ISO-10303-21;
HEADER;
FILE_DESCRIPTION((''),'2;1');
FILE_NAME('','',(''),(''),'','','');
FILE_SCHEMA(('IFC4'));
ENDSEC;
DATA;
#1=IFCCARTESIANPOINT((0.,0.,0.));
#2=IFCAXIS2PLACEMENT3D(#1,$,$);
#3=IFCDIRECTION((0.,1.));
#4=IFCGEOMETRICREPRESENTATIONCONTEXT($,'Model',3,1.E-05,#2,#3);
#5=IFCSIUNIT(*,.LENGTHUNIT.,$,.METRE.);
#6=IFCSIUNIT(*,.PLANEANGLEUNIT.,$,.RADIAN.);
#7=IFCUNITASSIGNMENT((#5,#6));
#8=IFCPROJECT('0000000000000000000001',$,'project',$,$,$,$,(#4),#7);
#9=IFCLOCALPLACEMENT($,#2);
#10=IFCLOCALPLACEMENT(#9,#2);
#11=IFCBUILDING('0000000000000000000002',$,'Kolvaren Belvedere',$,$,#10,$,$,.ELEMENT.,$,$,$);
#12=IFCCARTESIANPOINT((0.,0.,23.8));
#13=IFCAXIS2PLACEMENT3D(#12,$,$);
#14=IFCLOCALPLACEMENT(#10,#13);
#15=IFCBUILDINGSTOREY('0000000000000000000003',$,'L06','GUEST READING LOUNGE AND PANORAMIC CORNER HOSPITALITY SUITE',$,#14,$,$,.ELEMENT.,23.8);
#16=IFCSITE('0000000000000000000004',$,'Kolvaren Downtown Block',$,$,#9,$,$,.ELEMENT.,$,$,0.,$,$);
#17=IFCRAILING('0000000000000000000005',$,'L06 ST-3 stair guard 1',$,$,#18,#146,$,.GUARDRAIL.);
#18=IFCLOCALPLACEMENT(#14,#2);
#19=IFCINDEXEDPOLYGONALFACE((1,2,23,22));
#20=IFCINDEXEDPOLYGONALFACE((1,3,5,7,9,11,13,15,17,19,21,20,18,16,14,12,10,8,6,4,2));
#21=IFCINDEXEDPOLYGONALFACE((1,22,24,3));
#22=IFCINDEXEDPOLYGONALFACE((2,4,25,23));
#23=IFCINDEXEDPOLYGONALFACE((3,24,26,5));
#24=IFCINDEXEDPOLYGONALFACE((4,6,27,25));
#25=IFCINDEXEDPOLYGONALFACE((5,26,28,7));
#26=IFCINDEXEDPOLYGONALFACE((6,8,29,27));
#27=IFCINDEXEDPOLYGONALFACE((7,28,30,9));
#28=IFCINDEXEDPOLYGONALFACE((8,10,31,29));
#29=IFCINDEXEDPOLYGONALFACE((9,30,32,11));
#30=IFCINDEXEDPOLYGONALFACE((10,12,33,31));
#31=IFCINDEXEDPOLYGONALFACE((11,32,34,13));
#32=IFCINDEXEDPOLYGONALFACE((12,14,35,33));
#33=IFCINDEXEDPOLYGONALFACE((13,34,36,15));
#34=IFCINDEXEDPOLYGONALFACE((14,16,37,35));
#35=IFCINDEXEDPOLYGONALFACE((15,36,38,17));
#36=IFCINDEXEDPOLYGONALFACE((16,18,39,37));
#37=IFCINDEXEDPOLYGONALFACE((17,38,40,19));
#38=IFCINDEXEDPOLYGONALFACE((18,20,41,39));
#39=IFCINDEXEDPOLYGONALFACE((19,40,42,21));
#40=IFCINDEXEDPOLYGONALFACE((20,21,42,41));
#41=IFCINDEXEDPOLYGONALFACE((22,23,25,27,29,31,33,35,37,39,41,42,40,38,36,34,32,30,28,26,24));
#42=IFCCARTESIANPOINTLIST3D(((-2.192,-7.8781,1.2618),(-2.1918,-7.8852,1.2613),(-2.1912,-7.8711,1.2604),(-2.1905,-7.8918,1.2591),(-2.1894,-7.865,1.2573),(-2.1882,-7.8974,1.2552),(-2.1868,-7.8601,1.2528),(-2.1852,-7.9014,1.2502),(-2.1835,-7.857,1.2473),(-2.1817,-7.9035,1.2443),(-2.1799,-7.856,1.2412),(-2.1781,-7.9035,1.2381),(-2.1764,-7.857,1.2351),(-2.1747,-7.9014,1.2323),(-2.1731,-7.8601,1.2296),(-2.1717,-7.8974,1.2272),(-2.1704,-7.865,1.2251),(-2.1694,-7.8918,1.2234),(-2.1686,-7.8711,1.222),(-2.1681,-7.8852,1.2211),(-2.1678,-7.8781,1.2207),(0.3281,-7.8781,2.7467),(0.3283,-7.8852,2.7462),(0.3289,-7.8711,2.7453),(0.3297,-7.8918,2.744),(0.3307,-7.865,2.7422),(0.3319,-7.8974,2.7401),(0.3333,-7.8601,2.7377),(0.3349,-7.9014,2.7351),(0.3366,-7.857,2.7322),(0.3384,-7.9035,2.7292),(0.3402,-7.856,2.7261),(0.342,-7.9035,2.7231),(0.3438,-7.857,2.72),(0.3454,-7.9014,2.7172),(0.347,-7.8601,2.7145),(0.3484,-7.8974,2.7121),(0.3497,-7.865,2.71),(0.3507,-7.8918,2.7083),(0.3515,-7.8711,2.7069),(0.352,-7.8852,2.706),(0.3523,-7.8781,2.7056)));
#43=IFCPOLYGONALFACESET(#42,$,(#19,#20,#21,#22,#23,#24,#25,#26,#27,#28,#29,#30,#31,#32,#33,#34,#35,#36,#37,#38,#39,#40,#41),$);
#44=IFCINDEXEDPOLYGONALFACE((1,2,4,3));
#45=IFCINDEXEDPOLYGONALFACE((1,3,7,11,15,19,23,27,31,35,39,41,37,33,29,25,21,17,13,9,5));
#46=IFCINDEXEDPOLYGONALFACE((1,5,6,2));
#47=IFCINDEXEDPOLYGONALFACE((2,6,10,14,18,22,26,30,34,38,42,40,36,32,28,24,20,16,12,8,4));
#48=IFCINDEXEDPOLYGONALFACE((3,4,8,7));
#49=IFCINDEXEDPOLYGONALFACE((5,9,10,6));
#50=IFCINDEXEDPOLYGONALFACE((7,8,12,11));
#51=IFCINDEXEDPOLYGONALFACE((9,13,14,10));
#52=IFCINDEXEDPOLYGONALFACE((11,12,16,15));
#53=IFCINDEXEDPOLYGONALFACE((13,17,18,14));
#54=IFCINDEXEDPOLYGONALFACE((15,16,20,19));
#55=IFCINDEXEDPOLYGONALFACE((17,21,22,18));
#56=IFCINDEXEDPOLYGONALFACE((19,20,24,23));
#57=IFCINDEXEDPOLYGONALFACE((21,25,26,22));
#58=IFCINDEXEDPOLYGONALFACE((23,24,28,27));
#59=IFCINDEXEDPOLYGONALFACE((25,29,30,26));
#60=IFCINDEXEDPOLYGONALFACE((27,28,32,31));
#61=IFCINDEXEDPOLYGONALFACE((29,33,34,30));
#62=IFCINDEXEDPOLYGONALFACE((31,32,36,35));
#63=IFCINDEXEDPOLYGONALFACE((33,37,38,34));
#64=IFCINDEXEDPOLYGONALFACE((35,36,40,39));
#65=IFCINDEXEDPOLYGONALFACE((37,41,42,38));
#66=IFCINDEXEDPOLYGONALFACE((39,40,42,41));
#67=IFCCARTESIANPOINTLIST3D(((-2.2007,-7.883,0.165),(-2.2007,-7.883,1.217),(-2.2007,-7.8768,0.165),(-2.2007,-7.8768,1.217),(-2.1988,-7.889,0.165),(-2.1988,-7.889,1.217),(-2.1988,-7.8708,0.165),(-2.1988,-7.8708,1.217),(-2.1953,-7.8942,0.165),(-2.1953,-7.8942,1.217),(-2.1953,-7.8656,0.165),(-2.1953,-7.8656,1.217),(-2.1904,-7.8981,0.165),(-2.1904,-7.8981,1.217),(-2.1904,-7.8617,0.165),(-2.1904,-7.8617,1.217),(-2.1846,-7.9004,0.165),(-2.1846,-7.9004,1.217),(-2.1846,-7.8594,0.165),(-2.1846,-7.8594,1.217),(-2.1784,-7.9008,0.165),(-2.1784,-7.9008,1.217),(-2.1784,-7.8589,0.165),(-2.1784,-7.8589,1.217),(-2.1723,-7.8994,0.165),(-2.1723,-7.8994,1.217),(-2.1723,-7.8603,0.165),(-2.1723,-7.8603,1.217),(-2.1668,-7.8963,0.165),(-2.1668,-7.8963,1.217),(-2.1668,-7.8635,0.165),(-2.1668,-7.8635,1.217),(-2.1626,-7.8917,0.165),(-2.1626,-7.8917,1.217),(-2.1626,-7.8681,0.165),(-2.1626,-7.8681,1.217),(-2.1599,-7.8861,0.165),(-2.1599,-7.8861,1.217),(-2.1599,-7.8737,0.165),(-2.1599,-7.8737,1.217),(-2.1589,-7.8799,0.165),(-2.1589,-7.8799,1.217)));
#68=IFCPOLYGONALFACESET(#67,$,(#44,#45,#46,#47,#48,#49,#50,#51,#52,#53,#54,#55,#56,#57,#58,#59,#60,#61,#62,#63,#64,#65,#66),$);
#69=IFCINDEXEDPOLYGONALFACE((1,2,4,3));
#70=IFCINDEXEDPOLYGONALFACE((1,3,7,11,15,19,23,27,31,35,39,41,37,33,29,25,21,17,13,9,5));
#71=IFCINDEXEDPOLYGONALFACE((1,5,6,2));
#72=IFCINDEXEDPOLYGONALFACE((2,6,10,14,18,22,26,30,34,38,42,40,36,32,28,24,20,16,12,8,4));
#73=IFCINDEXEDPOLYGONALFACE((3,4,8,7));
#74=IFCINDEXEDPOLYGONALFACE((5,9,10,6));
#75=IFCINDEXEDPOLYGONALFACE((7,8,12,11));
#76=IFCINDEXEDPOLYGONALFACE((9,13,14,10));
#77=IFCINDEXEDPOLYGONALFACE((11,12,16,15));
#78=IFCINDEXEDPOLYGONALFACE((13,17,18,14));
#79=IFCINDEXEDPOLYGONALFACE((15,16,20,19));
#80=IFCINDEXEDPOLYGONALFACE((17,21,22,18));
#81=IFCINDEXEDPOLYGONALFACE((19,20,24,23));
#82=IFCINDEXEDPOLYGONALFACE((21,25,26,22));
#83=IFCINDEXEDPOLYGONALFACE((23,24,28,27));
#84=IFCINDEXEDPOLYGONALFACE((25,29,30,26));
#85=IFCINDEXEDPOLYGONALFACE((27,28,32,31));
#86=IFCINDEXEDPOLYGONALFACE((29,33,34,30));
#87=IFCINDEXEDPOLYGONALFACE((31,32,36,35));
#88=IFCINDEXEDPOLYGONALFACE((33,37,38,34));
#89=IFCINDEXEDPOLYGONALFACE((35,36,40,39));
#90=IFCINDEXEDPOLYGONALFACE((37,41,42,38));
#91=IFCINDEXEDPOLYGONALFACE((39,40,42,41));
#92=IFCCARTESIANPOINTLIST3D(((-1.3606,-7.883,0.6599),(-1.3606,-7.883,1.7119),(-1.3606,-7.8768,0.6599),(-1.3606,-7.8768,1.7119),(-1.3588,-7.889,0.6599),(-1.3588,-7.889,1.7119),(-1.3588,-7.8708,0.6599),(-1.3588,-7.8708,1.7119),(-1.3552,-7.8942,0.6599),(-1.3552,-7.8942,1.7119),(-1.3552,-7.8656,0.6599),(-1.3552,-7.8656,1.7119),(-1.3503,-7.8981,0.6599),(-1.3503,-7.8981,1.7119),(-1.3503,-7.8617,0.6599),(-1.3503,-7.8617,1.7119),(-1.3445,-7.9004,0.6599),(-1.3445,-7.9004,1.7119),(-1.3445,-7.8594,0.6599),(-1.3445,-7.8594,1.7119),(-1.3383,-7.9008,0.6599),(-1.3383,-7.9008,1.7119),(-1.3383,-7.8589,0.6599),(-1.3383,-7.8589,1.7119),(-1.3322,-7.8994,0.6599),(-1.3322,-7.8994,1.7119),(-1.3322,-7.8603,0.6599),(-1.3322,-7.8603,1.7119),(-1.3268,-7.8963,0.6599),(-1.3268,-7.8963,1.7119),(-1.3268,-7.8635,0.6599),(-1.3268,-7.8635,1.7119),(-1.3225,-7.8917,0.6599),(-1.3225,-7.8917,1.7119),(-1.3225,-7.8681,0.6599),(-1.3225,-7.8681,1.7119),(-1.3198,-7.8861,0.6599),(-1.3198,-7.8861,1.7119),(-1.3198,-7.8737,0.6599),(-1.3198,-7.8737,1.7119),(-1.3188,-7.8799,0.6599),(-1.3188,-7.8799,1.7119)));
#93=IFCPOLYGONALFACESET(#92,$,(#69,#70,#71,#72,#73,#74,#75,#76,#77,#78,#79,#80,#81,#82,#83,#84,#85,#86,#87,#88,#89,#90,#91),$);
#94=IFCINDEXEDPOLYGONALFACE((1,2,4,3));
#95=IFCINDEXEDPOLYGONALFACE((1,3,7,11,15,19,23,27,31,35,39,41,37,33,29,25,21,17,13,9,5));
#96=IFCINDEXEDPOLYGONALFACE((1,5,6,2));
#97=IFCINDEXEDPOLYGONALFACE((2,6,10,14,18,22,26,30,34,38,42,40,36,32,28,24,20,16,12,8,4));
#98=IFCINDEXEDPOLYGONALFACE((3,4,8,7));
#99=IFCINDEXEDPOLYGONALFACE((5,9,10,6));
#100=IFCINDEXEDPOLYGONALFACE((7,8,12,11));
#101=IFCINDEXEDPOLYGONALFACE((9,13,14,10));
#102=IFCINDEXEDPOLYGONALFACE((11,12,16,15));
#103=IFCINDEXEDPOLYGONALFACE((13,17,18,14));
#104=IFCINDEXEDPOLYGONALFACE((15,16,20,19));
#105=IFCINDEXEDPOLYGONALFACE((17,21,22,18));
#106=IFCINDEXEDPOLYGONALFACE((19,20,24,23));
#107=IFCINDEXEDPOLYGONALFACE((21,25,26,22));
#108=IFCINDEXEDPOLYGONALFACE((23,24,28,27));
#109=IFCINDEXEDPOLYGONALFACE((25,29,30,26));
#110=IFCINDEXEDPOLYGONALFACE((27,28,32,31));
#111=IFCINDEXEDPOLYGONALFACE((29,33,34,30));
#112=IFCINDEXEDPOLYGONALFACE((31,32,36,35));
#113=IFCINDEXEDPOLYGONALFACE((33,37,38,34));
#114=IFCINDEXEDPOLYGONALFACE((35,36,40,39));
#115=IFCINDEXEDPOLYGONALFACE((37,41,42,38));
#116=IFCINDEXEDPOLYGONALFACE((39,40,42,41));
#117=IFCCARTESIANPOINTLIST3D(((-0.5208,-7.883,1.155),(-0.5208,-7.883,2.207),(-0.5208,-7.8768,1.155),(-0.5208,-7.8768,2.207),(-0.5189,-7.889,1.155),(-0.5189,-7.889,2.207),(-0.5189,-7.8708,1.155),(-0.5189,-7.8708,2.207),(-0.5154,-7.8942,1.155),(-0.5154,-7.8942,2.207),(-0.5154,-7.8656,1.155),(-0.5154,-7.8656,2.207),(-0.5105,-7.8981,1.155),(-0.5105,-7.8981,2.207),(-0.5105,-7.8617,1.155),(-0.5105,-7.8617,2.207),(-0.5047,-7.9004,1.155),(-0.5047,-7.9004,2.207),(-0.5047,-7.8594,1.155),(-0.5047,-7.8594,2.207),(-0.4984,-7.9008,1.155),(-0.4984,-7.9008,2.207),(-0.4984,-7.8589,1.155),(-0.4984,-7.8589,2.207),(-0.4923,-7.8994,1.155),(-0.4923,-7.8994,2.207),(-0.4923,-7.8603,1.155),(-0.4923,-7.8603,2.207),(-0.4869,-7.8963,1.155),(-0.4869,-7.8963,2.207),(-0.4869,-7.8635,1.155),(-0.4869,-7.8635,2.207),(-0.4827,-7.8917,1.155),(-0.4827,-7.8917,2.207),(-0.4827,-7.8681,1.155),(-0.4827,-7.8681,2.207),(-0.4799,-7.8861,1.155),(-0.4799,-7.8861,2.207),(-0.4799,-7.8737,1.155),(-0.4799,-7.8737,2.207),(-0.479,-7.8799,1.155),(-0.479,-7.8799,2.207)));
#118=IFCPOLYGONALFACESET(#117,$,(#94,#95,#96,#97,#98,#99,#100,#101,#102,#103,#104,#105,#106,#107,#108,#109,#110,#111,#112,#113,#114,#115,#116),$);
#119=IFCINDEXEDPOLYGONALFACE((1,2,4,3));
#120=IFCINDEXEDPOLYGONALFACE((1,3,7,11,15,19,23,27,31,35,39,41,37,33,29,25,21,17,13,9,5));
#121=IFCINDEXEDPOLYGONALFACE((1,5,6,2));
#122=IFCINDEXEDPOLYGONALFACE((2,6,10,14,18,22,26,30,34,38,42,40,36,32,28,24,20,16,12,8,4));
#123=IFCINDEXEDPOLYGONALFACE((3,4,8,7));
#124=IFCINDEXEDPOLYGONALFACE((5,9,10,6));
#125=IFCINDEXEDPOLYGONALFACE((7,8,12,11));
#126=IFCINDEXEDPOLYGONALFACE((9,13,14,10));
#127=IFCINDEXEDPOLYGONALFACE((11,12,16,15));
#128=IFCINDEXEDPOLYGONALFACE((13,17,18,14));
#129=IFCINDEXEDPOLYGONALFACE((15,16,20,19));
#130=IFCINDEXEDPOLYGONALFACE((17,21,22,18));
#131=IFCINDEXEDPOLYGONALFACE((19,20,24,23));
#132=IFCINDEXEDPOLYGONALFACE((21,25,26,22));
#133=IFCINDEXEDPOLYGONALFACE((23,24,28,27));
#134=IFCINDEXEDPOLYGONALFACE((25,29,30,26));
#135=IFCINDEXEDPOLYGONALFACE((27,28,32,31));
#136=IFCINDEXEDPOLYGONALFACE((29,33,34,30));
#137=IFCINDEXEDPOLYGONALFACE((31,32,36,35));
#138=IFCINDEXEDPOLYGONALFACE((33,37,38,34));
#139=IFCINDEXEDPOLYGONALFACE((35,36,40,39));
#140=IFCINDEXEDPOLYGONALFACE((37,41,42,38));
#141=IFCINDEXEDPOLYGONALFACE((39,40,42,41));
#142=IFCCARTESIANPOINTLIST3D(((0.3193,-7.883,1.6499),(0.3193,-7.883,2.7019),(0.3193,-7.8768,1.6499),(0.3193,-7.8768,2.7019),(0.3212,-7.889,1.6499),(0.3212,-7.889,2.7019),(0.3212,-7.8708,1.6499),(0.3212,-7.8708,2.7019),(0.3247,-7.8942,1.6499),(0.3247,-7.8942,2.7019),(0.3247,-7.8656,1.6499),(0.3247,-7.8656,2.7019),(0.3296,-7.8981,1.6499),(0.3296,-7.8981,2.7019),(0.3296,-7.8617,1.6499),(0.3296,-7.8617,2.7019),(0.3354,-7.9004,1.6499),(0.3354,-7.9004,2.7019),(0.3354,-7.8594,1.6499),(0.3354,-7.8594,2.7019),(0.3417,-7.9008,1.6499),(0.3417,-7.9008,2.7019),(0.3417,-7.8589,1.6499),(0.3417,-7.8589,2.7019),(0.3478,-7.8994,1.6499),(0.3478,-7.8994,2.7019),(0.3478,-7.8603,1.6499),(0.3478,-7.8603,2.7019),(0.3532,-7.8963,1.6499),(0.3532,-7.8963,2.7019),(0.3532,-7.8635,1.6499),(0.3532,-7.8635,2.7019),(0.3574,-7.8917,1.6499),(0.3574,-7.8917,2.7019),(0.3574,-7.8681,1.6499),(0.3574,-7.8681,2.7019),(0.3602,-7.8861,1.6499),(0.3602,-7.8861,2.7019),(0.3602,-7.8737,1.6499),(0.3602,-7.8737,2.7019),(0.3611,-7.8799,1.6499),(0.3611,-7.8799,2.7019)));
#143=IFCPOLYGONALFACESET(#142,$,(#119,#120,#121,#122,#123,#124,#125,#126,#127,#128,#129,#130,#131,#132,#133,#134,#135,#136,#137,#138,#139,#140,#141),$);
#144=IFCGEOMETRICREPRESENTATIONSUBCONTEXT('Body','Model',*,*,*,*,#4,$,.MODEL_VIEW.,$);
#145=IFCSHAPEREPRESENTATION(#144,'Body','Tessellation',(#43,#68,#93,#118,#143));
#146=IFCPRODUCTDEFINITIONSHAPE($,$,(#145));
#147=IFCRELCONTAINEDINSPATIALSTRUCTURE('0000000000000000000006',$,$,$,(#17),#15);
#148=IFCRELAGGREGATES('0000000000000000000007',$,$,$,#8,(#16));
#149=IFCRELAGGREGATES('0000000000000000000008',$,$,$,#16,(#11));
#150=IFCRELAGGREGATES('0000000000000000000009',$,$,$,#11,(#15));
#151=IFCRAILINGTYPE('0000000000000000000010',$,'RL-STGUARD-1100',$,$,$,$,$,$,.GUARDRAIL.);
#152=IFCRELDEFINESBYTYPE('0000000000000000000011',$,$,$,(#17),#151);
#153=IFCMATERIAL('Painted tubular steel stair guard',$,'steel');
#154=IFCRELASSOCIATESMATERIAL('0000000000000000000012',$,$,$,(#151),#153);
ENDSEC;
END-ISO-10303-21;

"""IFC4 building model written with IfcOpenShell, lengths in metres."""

from ifc_helpers import new_model, si_unit, direction, frame, origin, origin_2d, place, context, subcontext, project, spatial, circle, extrude, material, type_object, element, save


model = new_model("IFC4")

# Units and contexts
model_context = context("Model", 3, precision=1e-05, world=origin(), true_north=direction((0.0, 1.0)))
body_context = subcontext(model_context, "Body", "Model", "MODEL_VIEW")
ifc_project = project(units=[si_unit("LENGTHUNIT", "METRE"), si_unit("PLANEANGLEUNIT", "RADIAN")], contexts=[model_context])

# Site, building, storey
site_placement = place(None, origin())
site = spatial("IfcSite", under=ifc_project, at=site_placement, Name="Kolvaren Downtown Block", CompositionType="ELEMENT", RefElevation=0.0)
building_placement = place(site_placement, origin())
building = spatial("IfcBuilding", under=site, at=building_placement, Name="Kolvaren Belvedere", CompositionType="ELEMENT")
storey_placement = place(building_placement, frame((0.0, 0.0, 23.8)))
storey = spatial("IfcBuildingStorey", under=building, at=storey_placement, Name="L06", Description="GUEST READING LOUNGE AND PANORAMIC CORNER HOSPITALITY SUITE", CompositionType="ELEMENT", Elevation=23.8)

# Railing
ifc_material_1 = material(Name="Painted tubular steel stair guard", Category="steel")
railing_type_1 = type_object("IfcRailingType", Name="RL-STGUARD-1100", PredefinedType="GUARDRAIL", material=ifc_material_1)
railing_1_placement = place(storey_placement, frame((-2.1799, -7.8799, 0.165)))
element("IfcRailing", 1, at=railing_1_placement, inside=storey, type_object=railing_type_1, Name="L06 ST-3 stair guard 1", PredefinedType="GUARDRAIL", context=body_context, shape_type="SweptSolid", body=[
    extrude(circle(Radius=0.0239, at=origin_2d()), frame((0.0, 0.0, 1.0762), z_axis=(0.861561, 0.0, 0.507655), x_axis=(0.0, 1.0, 0.0)), (0.0, 0.0, 1.0), 2.925),
    extrude(circle(Radius=0.021, at=origin_2d()), origin(), (0.0, 0.0, 1.0), 1.052),
    extrude(circle(Radius=0.021, at=origin_2d()), frame((0.8401, 0.0, 0.4949)), (0.0, 0.0, 1.0), 1.052),
    extrude(circle(Radius=0.021, at=origin_2d()), frame((1.6799, 0.0, 0.99)), (0.0, 0.0, 1.0), 1.052),
    extrude(circle(Radius=0.021, at=origin_2d()), frame((2.52, 0.0, 1.4849)), (0.0, 0.0, 1.0), 1.052),
])

save(model, "model.ifc")
